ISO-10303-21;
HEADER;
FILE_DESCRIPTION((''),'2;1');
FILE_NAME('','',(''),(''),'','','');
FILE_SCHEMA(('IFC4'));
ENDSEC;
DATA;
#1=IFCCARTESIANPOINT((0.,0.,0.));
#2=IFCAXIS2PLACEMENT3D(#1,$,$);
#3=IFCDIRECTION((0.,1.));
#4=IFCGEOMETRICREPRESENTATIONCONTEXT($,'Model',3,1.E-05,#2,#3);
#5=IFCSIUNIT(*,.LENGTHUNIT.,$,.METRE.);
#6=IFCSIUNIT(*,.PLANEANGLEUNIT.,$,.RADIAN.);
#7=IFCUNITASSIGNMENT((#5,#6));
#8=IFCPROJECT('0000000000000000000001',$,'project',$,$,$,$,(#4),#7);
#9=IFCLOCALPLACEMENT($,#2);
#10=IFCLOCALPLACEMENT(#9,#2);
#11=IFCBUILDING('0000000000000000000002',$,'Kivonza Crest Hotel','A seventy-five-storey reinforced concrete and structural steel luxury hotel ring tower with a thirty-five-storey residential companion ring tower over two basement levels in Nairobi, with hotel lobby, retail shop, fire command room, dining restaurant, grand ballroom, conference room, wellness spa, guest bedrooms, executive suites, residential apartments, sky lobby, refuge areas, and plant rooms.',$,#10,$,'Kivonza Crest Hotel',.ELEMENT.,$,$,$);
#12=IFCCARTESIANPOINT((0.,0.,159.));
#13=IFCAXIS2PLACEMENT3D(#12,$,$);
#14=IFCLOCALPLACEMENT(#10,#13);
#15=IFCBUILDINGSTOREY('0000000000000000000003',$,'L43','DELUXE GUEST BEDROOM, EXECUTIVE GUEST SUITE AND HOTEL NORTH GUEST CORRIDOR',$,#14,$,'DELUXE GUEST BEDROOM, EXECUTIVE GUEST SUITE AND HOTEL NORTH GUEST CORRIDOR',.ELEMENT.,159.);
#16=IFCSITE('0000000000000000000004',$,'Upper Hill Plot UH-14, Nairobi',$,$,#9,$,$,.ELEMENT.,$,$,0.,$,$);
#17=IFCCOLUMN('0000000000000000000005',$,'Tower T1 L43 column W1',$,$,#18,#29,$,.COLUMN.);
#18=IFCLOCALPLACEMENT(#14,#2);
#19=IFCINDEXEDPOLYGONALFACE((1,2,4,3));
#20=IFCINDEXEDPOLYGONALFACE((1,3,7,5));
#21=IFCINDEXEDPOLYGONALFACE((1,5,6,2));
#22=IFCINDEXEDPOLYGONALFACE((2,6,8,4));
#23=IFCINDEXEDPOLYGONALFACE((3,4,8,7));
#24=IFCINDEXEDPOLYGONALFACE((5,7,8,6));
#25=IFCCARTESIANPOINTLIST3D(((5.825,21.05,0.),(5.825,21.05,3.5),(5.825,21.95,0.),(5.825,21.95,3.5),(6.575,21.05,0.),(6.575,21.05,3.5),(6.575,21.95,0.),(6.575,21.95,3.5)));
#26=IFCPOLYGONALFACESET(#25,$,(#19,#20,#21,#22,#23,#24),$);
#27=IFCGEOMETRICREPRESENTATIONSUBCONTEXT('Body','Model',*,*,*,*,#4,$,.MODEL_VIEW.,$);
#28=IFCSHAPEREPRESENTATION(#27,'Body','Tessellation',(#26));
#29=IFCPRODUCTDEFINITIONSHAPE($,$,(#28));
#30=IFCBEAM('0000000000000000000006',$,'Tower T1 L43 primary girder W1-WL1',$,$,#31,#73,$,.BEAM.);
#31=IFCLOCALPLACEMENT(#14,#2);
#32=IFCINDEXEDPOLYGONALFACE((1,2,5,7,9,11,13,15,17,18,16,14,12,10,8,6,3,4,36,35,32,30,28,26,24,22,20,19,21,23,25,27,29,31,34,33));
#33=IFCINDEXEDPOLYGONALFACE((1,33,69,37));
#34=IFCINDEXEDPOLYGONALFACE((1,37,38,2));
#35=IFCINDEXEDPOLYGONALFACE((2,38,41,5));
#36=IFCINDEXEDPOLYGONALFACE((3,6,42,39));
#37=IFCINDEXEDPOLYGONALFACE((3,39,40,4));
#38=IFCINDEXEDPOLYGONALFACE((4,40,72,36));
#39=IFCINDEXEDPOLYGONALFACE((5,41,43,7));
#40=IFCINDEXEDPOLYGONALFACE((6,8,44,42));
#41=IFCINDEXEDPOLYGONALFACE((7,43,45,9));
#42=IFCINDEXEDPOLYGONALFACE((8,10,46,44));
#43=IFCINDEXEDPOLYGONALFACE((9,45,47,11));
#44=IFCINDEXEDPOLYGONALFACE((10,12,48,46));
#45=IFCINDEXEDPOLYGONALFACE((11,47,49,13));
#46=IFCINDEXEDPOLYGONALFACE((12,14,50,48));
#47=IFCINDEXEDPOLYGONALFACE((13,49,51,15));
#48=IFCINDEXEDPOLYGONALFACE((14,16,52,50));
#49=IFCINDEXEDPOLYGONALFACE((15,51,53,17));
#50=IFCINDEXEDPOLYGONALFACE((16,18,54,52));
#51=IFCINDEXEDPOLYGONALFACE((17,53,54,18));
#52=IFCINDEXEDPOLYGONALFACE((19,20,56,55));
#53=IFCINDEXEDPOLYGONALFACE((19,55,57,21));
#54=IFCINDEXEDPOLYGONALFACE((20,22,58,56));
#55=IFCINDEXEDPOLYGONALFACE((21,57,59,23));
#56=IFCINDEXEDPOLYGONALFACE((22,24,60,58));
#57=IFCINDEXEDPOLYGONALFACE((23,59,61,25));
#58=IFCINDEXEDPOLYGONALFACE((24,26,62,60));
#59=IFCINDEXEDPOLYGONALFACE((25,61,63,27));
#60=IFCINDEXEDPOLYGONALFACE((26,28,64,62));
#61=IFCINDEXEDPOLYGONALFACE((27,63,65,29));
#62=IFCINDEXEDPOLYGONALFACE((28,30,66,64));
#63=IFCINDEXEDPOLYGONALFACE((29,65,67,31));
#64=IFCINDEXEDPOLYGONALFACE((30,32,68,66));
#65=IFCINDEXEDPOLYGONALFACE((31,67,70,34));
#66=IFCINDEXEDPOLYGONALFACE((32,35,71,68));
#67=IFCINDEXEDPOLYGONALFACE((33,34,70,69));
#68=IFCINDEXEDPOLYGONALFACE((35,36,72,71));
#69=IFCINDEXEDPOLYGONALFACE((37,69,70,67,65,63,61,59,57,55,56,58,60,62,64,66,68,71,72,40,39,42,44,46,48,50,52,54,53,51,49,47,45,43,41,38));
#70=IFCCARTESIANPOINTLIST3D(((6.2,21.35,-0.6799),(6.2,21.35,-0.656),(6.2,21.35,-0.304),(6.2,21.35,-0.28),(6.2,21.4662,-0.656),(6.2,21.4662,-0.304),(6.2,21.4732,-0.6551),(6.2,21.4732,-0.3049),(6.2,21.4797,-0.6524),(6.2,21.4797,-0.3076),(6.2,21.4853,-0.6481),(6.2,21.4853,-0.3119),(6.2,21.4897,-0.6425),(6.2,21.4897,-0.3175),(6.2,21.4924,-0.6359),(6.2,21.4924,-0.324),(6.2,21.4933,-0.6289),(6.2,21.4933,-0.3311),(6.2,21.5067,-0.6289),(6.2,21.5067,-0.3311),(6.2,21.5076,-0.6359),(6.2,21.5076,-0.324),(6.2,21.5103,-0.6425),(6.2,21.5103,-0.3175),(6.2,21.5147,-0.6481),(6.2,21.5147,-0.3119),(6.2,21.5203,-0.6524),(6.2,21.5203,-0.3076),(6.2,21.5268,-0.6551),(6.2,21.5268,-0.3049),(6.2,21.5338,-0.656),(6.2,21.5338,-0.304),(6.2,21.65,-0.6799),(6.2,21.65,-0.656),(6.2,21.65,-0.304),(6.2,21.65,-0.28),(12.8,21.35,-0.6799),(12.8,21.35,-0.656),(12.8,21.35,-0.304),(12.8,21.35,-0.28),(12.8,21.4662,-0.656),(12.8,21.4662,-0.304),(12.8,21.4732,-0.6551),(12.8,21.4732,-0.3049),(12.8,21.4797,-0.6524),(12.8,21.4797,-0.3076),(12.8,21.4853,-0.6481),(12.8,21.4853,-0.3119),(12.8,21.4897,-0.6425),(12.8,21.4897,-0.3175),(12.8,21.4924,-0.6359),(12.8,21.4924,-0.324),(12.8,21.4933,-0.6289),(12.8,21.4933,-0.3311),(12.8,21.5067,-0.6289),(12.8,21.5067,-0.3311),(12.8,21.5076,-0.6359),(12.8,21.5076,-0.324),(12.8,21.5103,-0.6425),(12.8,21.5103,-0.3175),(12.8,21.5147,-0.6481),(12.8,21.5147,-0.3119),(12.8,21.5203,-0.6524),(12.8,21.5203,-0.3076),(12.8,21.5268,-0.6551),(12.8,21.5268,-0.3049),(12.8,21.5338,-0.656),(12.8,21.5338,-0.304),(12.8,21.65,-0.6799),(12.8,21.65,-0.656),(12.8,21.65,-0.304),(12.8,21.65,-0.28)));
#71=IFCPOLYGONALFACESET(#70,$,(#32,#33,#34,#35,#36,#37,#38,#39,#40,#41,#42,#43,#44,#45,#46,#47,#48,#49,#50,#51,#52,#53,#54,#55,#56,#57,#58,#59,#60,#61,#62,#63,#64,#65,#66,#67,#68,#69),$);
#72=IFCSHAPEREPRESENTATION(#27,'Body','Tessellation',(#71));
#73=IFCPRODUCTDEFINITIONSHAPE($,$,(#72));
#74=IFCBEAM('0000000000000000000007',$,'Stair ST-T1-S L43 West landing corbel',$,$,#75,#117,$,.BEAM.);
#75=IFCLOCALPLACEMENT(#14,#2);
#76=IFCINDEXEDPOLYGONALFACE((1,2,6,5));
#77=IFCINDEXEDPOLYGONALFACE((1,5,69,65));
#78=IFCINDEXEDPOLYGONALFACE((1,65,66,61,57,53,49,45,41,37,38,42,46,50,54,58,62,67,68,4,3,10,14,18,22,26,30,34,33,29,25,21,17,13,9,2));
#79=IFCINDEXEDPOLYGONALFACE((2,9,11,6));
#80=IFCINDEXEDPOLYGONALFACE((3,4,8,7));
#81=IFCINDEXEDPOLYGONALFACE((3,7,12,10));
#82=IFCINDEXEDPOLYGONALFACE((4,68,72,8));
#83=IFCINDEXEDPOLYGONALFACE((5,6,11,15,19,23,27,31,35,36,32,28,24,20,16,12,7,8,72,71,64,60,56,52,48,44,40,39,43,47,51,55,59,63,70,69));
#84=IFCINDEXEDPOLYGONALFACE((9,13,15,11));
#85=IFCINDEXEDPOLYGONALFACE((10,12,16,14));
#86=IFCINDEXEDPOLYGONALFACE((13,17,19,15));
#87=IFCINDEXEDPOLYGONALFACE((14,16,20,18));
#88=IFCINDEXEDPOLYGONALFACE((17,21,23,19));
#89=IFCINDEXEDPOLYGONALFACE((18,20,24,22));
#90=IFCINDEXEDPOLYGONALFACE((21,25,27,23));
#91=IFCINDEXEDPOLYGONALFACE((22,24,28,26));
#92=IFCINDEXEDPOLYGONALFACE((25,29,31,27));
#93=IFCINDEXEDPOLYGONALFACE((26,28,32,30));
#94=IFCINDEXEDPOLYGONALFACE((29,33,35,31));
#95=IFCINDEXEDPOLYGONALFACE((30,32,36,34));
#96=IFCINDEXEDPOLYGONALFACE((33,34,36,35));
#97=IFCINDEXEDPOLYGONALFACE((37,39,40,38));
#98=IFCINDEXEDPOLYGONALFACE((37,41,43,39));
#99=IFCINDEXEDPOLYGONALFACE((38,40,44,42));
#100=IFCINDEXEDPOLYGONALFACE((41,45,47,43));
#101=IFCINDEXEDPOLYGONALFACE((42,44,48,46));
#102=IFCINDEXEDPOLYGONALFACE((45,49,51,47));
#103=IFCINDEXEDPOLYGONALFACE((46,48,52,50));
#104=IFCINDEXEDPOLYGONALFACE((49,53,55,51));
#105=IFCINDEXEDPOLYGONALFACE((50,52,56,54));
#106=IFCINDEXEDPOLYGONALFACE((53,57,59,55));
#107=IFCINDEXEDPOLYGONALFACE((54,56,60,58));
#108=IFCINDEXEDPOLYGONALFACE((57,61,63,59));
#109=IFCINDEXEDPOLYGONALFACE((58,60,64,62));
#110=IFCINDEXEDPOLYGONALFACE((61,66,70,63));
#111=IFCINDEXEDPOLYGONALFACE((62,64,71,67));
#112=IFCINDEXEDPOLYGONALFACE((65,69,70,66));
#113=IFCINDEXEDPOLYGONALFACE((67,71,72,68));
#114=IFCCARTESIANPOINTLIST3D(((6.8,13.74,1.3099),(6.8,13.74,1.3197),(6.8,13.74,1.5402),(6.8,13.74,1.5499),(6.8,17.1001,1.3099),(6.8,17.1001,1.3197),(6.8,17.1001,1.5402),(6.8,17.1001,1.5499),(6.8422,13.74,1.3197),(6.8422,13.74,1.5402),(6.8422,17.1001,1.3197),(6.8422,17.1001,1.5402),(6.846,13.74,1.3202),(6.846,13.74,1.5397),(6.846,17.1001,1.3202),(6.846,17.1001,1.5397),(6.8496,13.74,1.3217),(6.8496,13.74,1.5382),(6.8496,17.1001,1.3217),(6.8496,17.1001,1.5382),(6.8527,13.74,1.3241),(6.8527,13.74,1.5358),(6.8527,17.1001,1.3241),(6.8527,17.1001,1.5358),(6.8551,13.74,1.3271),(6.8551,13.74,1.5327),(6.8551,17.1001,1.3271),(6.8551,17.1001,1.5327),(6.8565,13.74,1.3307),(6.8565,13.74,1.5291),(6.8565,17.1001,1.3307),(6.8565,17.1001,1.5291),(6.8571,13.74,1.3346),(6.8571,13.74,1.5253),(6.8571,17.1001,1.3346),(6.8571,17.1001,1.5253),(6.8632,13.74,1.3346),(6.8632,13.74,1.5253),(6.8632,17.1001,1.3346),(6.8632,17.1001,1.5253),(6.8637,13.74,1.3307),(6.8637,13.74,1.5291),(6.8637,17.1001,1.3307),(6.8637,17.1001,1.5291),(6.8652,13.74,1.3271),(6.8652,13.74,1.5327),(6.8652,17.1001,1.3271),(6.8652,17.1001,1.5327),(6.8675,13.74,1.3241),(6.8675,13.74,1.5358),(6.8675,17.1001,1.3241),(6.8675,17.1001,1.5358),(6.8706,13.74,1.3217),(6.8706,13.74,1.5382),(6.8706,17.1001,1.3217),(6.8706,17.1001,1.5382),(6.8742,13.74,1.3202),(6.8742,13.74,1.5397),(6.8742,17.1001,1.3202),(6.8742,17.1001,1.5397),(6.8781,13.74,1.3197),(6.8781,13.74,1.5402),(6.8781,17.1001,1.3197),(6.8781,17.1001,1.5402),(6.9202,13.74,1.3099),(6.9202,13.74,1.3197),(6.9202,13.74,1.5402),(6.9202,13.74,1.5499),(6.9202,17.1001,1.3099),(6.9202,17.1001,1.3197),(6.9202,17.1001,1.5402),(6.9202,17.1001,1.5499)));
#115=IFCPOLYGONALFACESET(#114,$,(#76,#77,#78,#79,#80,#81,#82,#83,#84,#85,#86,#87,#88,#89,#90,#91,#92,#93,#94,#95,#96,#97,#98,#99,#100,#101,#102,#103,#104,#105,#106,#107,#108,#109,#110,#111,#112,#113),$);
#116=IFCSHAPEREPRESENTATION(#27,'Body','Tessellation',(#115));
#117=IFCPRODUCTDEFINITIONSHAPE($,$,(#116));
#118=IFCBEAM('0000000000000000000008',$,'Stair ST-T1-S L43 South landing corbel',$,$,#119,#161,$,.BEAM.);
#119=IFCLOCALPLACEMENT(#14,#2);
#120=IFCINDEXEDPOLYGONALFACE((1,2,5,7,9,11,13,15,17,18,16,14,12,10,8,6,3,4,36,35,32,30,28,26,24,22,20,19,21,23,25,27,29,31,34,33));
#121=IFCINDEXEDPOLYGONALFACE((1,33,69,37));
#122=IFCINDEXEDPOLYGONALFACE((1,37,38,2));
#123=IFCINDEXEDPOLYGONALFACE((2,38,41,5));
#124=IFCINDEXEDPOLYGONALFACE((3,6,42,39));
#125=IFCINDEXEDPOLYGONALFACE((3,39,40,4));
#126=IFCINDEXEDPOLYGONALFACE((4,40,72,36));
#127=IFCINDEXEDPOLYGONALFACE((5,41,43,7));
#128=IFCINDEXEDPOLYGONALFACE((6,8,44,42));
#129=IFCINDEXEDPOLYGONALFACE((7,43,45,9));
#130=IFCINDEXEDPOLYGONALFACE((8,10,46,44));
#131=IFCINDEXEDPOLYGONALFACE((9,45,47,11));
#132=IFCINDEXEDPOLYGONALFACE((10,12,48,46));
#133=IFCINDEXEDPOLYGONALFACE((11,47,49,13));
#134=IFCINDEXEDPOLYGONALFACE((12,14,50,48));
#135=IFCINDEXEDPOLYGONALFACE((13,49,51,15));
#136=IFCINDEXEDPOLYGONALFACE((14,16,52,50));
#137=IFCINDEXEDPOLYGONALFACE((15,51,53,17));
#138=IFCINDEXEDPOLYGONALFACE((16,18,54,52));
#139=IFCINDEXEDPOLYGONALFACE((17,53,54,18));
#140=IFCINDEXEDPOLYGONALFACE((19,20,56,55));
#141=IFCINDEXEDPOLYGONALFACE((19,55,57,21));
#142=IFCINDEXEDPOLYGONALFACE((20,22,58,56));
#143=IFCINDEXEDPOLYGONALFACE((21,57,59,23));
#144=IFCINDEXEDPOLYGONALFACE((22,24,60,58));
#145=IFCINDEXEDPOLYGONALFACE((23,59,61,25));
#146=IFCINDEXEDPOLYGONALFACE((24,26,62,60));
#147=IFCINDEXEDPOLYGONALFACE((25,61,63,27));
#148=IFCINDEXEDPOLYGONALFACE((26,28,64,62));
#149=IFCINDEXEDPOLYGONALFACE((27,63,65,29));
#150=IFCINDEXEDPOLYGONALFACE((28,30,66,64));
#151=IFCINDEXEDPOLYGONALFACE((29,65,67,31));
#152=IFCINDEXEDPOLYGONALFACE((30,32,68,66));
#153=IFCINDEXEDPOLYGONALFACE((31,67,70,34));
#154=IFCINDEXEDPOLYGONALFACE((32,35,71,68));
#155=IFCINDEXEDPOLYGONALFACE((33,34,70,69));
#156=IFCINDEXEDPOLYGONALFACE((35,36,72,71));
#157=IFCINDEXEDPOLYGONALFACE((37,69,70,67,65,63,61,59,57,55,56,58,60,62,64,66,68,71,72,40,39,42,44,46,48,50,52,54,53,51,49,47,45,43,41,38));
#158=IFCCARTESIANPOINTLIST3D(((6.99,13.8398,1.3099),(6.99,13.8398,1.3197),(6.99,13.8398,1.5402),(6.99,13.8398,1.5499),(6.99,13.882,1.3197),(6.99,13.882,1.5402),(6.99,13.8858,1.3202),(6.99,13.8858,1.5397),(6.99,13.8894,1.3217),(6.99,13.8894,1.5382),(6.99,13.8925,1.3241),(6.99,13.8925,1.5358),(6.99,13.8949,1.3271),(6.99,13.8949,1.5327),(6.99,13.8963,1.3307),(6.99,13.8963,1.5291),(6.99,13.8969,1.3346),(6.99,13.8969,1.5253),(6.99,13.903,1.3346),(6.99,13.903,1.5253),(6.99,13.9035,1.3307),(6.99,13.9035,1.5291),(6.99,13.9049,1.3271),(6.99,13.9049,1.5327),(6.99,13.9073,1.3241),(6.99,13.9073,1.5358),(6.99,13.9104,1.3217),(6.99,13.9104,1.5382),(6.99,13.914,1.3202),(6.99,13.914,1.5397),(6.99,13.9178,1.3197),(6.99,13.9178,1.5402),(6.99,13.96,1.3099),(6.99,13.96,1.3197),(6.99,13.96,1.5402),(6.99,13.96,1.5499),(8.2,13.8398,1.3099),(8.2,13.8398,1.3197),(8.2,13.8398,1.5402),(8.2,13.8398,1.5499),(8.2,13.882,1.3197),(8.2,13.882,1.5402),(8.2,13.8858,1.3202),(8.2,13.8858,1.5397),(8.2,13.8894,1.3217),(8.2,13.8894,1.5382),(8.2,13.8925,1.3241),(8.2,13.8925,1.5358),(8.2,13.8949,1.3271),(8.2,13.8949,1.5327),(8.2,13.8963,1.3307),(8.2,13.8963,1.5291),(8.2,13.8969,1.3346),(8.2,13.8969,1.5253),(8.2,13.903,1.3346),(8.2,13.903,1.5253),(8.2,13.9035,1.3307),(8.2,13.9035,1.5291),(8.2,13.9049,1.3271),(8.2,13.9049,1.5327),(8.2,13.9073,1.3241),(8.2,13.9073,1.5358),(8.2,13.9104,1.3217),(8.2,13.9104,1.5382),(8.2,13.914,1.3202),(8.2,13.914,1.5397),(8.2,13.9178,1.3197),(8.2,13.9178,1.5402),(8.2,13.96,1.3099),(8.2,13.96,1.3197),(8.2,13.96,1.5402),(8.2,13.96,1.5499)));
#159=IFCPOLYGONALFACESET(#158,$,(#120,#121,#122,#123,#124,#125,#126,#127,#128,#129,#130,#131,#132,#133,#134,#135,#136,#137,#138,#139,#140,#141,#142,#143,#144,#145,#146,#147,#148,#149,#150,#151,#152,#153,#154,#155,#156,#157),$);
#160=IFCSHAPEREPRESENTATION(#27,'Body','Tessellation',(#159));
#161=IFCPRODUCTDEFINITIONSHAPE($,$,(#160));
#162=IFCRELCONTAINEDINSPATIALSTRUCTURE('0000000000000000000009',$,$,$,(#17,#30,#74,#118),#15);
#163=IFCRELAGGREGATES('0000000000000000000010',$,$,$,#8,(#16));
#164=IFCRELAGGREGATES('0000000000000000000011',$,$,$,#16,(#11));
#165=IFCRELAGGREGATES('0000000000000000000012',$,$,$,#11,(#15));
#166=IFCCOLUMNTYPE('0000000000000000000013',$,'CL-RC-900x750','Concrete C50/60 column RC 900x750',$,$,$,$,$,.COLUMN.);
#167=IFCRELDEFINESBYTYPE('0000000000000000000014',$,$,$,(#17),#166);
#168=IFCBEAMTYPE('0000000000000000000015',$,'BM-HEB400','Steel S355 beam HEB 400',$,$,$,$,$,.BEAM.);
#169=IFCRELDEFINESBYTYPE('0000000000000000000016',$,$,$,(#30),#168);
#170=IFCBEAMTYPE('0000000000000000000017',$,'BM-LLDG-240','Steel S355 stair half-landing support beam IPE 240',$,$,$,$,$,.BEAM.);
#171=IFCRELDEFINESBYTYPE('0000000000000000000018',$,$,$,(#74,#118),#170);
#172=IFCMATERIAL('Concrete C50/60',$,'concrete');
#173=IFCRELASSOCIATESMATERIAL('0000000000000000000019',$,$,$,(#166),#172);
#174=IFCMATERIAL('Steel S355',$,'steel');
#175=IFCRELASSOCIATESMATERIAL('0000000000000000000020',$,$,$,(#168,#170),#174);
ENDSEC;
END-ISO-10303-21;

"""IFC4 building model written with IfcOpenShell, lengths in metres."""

from ifc_helpers import new_model, si_unit, direction, frame, origin, origin_2d, place, context, subcontext, project, spatial, rectangle, i_section, extrude, material, material_profile, profile_set, type_object, element, save


model = new_model("IFC4")

# Units and contexts
model_context = context("Model", 3, precision=1e-05, world=origin(), true_north=direction((0.0, 1.0)))
body_context = subcontext(model_context, "Body", "Model", "MODEL_VIEW")
ifc_project = project(units=[si_unit("LENGTHUNIT", "METRE"), si_unit("PLANEANGLEUNIT", "RADIAN")], contexts=[model_context])

# Site, building, storey
site_placement = place(None, origin())
site = spatial("IfcSite", under=ifc_project, at=site_placement, Name="Upper Hill Plot UH-14, Nairobi", CompositionType="ELEMENT", RefElevation=0.0)
building_placement = place(site_placement, origin())
building = spatial("IfcBuilding", under=site, at=building_placement, Name="Kivonza Crest Hotel", Description="A seventy-five-storey reinforced concrete and structural steel luxury hotel ring tower with a thirty-five-storey residential companion ring tower over two basement levels in Nairobi, with hotel lobby, retail shop, fire command room, dining restaurant, grand ballroom, conference room, wellness spa, guest bedrooms, executive suites, residential apartments, sky lobby, refuge areas, and plant rooms.", LongName="Kivonza Crest Hotel", CompositionType="ELEMENT")
storey_placement = place(building_placement, frame((0.0, 0.0, 159.0)))
storey = spatial("IfcBuildingStorey", under=building, at=storey_placement, Name="L43", Description="DELUXE GUEST BEDROOM, EXECUTIVE GUEST SUITE AND HOTEL NORTH GUEST CORRIDOR", LongName="DELUXE GUEST BEDROOM, EXECUTIVE GUEST SUITE AND HOTEL NORTH GUEST CORRIDOR", CompositionType="ELEMENT", Elevation=159.0)

# Column
ifc_material_1 = material(Name="Concrete C50/60", Category="concrete")
ifc_material_profile_1 = material_profile(ifc_material_1, rectangle(XDim=0.75, YDim=0.8999, at=origin_2d()), Name="RC 900x750")
ifc_profile_set_1 = profile_set([ifc_material_profile_1], Name="Concrete C50/60")
column_type = type_object("IfcColumnType", Name="CL-RC-900x750", Description="Concrete C50/60 column RC 900x750", PredefinedType="COLUMN", material=ifc_profile_set_1)
column_placement = place(storey_placement, frame((6.2, 21.5, 0.0), z_axis=(0.0, 0.0, 1.0), x_axis=(1.0, 0.0, 0.0)))
element("IfcColumn", 1, at=column_placement, inside=storey, type_object=column_type, Name="Tower T1 L43 column W1", PredefinedType="COLUMN", context=body_context, shape_type="SweptSolid", body=[
    extrude(rectangle(XDim=0.75, YDim=0.8999, at=origin_2d()), origin(), (0.0, 0.0, 1.0), 3.5),
])

# Beams
ifc_material_2 = material(Name="Steel S355", Category="steel")
ifc_material_profile_2 = material_profile(ifc_material_2, i_section(OverallWidth=0.3, OverallDepth=0.3999, WebThickness=0.0134, FlangeThickness=0.0239, FilletRadius=0.0271, at=origin_2d()), Name="HEB 400")
ifc_profile_set_2 = profile_set([ifc_material_profile_2], Name="Steel S355")
beam_type_1 = type_object("IfcBeamType", Name="BM-HEB400", Description="Steel S355 beam HEB 400", PredefinedType="BEAM", material=ifc_profile_set_2)
beam_1_placement = place(storey_placement, frame((6.2, 21.5, -0.48), z_axis=(1.0, 0.0, 0.0), x_axis=(0.0, 1.0, 0.0)))
element("IfcBeam", 2, at=beam_1_placement, inside=storey, type_object=beam_type_1, Name="Tower T1 L43 primary girder W1-WL1", PredefinedType="BEAM", context=body_context, shape_type="SweptSolid", body=[
    extrude(i_section(OverallWidth=0.3, OverallDepth=0.3999, WebThickness=0.0134, FlangeThickness=0.0239, FilletRadius=0.0271, at=origin_2d()), origin(), (0.0, 0.0, 1.0), 6.6001),
])
ifc_material_profile_3 = material_profile(ifc_material_2, i_section(OverallWidth=0.1201, OverallDepth=0.24, WebThickness=0.0061, FlangeThickness=0.0098, FilletRadius=0.0149, at=origin_2d()), Name="IPE 240")
ifc_profile_set_3 = profile_set([ifc_material_profile_3], Name="Steel S355")
beam_type_2 = type_object("IfcBeamType", Name="BM-LLDG-240", Description="Steel S355 stair half-landing support beam IPE 240", PredefinedType="BEAM", material=ifc_profile_set_3)
beam_2_placement = place(storey_placement, frame((6.8601, 13.74, 1.4299), z_axis=(0.0, 1.0, 0.0), x_axis=(-1.0, 0.0, 0.0)))
element("IfcBeam", 3, at=beam_2_placement, inside=storey, type_object=beam_type_2, Name="Stair ST-T1-S L43 West landing corbel", PredefinedType="BEAM", context=body_context, shape_type="SweptSolid", body=[
    extrude(i_section(OverallWidth=0.1201, OverallDepth=0.24, WebThickness=0.0061, FlangeThickness=0.0098, FilletRadius=0.0149, at=origin_2d()), origin(), (0.0, 0.0, 1.0), 3.3601),
])
for number, where, z_axis, x_axis, name in (
    (4, (6.99, 13.8999, 1.4299), (1.0, 0.0, 0.0), (0.0, 1.0, 0.0), "Stair ST-T1-S L43 South landing corbel"),
):
    element("IfcBeam", number, at=place(storey_placement, frame(where, z_axis=z_axis, x_axis=x_axis)), inside=storey, type_object=beam_type_2, Name=name, PredefinedType="BEAM", context=body_context, shape_type="SweptSolid", body=[
        extrude(i_section(OverallWidth=0.1201, OverallDepth=0.24, WebThickness=0.0061, FlangeThickness=0.0098, FilletRadius=0.0149, at=origin_2d()), origin(), (0.0, 0.0, 1.0), 1.21),
    ])

save(model, "model.ifc")
